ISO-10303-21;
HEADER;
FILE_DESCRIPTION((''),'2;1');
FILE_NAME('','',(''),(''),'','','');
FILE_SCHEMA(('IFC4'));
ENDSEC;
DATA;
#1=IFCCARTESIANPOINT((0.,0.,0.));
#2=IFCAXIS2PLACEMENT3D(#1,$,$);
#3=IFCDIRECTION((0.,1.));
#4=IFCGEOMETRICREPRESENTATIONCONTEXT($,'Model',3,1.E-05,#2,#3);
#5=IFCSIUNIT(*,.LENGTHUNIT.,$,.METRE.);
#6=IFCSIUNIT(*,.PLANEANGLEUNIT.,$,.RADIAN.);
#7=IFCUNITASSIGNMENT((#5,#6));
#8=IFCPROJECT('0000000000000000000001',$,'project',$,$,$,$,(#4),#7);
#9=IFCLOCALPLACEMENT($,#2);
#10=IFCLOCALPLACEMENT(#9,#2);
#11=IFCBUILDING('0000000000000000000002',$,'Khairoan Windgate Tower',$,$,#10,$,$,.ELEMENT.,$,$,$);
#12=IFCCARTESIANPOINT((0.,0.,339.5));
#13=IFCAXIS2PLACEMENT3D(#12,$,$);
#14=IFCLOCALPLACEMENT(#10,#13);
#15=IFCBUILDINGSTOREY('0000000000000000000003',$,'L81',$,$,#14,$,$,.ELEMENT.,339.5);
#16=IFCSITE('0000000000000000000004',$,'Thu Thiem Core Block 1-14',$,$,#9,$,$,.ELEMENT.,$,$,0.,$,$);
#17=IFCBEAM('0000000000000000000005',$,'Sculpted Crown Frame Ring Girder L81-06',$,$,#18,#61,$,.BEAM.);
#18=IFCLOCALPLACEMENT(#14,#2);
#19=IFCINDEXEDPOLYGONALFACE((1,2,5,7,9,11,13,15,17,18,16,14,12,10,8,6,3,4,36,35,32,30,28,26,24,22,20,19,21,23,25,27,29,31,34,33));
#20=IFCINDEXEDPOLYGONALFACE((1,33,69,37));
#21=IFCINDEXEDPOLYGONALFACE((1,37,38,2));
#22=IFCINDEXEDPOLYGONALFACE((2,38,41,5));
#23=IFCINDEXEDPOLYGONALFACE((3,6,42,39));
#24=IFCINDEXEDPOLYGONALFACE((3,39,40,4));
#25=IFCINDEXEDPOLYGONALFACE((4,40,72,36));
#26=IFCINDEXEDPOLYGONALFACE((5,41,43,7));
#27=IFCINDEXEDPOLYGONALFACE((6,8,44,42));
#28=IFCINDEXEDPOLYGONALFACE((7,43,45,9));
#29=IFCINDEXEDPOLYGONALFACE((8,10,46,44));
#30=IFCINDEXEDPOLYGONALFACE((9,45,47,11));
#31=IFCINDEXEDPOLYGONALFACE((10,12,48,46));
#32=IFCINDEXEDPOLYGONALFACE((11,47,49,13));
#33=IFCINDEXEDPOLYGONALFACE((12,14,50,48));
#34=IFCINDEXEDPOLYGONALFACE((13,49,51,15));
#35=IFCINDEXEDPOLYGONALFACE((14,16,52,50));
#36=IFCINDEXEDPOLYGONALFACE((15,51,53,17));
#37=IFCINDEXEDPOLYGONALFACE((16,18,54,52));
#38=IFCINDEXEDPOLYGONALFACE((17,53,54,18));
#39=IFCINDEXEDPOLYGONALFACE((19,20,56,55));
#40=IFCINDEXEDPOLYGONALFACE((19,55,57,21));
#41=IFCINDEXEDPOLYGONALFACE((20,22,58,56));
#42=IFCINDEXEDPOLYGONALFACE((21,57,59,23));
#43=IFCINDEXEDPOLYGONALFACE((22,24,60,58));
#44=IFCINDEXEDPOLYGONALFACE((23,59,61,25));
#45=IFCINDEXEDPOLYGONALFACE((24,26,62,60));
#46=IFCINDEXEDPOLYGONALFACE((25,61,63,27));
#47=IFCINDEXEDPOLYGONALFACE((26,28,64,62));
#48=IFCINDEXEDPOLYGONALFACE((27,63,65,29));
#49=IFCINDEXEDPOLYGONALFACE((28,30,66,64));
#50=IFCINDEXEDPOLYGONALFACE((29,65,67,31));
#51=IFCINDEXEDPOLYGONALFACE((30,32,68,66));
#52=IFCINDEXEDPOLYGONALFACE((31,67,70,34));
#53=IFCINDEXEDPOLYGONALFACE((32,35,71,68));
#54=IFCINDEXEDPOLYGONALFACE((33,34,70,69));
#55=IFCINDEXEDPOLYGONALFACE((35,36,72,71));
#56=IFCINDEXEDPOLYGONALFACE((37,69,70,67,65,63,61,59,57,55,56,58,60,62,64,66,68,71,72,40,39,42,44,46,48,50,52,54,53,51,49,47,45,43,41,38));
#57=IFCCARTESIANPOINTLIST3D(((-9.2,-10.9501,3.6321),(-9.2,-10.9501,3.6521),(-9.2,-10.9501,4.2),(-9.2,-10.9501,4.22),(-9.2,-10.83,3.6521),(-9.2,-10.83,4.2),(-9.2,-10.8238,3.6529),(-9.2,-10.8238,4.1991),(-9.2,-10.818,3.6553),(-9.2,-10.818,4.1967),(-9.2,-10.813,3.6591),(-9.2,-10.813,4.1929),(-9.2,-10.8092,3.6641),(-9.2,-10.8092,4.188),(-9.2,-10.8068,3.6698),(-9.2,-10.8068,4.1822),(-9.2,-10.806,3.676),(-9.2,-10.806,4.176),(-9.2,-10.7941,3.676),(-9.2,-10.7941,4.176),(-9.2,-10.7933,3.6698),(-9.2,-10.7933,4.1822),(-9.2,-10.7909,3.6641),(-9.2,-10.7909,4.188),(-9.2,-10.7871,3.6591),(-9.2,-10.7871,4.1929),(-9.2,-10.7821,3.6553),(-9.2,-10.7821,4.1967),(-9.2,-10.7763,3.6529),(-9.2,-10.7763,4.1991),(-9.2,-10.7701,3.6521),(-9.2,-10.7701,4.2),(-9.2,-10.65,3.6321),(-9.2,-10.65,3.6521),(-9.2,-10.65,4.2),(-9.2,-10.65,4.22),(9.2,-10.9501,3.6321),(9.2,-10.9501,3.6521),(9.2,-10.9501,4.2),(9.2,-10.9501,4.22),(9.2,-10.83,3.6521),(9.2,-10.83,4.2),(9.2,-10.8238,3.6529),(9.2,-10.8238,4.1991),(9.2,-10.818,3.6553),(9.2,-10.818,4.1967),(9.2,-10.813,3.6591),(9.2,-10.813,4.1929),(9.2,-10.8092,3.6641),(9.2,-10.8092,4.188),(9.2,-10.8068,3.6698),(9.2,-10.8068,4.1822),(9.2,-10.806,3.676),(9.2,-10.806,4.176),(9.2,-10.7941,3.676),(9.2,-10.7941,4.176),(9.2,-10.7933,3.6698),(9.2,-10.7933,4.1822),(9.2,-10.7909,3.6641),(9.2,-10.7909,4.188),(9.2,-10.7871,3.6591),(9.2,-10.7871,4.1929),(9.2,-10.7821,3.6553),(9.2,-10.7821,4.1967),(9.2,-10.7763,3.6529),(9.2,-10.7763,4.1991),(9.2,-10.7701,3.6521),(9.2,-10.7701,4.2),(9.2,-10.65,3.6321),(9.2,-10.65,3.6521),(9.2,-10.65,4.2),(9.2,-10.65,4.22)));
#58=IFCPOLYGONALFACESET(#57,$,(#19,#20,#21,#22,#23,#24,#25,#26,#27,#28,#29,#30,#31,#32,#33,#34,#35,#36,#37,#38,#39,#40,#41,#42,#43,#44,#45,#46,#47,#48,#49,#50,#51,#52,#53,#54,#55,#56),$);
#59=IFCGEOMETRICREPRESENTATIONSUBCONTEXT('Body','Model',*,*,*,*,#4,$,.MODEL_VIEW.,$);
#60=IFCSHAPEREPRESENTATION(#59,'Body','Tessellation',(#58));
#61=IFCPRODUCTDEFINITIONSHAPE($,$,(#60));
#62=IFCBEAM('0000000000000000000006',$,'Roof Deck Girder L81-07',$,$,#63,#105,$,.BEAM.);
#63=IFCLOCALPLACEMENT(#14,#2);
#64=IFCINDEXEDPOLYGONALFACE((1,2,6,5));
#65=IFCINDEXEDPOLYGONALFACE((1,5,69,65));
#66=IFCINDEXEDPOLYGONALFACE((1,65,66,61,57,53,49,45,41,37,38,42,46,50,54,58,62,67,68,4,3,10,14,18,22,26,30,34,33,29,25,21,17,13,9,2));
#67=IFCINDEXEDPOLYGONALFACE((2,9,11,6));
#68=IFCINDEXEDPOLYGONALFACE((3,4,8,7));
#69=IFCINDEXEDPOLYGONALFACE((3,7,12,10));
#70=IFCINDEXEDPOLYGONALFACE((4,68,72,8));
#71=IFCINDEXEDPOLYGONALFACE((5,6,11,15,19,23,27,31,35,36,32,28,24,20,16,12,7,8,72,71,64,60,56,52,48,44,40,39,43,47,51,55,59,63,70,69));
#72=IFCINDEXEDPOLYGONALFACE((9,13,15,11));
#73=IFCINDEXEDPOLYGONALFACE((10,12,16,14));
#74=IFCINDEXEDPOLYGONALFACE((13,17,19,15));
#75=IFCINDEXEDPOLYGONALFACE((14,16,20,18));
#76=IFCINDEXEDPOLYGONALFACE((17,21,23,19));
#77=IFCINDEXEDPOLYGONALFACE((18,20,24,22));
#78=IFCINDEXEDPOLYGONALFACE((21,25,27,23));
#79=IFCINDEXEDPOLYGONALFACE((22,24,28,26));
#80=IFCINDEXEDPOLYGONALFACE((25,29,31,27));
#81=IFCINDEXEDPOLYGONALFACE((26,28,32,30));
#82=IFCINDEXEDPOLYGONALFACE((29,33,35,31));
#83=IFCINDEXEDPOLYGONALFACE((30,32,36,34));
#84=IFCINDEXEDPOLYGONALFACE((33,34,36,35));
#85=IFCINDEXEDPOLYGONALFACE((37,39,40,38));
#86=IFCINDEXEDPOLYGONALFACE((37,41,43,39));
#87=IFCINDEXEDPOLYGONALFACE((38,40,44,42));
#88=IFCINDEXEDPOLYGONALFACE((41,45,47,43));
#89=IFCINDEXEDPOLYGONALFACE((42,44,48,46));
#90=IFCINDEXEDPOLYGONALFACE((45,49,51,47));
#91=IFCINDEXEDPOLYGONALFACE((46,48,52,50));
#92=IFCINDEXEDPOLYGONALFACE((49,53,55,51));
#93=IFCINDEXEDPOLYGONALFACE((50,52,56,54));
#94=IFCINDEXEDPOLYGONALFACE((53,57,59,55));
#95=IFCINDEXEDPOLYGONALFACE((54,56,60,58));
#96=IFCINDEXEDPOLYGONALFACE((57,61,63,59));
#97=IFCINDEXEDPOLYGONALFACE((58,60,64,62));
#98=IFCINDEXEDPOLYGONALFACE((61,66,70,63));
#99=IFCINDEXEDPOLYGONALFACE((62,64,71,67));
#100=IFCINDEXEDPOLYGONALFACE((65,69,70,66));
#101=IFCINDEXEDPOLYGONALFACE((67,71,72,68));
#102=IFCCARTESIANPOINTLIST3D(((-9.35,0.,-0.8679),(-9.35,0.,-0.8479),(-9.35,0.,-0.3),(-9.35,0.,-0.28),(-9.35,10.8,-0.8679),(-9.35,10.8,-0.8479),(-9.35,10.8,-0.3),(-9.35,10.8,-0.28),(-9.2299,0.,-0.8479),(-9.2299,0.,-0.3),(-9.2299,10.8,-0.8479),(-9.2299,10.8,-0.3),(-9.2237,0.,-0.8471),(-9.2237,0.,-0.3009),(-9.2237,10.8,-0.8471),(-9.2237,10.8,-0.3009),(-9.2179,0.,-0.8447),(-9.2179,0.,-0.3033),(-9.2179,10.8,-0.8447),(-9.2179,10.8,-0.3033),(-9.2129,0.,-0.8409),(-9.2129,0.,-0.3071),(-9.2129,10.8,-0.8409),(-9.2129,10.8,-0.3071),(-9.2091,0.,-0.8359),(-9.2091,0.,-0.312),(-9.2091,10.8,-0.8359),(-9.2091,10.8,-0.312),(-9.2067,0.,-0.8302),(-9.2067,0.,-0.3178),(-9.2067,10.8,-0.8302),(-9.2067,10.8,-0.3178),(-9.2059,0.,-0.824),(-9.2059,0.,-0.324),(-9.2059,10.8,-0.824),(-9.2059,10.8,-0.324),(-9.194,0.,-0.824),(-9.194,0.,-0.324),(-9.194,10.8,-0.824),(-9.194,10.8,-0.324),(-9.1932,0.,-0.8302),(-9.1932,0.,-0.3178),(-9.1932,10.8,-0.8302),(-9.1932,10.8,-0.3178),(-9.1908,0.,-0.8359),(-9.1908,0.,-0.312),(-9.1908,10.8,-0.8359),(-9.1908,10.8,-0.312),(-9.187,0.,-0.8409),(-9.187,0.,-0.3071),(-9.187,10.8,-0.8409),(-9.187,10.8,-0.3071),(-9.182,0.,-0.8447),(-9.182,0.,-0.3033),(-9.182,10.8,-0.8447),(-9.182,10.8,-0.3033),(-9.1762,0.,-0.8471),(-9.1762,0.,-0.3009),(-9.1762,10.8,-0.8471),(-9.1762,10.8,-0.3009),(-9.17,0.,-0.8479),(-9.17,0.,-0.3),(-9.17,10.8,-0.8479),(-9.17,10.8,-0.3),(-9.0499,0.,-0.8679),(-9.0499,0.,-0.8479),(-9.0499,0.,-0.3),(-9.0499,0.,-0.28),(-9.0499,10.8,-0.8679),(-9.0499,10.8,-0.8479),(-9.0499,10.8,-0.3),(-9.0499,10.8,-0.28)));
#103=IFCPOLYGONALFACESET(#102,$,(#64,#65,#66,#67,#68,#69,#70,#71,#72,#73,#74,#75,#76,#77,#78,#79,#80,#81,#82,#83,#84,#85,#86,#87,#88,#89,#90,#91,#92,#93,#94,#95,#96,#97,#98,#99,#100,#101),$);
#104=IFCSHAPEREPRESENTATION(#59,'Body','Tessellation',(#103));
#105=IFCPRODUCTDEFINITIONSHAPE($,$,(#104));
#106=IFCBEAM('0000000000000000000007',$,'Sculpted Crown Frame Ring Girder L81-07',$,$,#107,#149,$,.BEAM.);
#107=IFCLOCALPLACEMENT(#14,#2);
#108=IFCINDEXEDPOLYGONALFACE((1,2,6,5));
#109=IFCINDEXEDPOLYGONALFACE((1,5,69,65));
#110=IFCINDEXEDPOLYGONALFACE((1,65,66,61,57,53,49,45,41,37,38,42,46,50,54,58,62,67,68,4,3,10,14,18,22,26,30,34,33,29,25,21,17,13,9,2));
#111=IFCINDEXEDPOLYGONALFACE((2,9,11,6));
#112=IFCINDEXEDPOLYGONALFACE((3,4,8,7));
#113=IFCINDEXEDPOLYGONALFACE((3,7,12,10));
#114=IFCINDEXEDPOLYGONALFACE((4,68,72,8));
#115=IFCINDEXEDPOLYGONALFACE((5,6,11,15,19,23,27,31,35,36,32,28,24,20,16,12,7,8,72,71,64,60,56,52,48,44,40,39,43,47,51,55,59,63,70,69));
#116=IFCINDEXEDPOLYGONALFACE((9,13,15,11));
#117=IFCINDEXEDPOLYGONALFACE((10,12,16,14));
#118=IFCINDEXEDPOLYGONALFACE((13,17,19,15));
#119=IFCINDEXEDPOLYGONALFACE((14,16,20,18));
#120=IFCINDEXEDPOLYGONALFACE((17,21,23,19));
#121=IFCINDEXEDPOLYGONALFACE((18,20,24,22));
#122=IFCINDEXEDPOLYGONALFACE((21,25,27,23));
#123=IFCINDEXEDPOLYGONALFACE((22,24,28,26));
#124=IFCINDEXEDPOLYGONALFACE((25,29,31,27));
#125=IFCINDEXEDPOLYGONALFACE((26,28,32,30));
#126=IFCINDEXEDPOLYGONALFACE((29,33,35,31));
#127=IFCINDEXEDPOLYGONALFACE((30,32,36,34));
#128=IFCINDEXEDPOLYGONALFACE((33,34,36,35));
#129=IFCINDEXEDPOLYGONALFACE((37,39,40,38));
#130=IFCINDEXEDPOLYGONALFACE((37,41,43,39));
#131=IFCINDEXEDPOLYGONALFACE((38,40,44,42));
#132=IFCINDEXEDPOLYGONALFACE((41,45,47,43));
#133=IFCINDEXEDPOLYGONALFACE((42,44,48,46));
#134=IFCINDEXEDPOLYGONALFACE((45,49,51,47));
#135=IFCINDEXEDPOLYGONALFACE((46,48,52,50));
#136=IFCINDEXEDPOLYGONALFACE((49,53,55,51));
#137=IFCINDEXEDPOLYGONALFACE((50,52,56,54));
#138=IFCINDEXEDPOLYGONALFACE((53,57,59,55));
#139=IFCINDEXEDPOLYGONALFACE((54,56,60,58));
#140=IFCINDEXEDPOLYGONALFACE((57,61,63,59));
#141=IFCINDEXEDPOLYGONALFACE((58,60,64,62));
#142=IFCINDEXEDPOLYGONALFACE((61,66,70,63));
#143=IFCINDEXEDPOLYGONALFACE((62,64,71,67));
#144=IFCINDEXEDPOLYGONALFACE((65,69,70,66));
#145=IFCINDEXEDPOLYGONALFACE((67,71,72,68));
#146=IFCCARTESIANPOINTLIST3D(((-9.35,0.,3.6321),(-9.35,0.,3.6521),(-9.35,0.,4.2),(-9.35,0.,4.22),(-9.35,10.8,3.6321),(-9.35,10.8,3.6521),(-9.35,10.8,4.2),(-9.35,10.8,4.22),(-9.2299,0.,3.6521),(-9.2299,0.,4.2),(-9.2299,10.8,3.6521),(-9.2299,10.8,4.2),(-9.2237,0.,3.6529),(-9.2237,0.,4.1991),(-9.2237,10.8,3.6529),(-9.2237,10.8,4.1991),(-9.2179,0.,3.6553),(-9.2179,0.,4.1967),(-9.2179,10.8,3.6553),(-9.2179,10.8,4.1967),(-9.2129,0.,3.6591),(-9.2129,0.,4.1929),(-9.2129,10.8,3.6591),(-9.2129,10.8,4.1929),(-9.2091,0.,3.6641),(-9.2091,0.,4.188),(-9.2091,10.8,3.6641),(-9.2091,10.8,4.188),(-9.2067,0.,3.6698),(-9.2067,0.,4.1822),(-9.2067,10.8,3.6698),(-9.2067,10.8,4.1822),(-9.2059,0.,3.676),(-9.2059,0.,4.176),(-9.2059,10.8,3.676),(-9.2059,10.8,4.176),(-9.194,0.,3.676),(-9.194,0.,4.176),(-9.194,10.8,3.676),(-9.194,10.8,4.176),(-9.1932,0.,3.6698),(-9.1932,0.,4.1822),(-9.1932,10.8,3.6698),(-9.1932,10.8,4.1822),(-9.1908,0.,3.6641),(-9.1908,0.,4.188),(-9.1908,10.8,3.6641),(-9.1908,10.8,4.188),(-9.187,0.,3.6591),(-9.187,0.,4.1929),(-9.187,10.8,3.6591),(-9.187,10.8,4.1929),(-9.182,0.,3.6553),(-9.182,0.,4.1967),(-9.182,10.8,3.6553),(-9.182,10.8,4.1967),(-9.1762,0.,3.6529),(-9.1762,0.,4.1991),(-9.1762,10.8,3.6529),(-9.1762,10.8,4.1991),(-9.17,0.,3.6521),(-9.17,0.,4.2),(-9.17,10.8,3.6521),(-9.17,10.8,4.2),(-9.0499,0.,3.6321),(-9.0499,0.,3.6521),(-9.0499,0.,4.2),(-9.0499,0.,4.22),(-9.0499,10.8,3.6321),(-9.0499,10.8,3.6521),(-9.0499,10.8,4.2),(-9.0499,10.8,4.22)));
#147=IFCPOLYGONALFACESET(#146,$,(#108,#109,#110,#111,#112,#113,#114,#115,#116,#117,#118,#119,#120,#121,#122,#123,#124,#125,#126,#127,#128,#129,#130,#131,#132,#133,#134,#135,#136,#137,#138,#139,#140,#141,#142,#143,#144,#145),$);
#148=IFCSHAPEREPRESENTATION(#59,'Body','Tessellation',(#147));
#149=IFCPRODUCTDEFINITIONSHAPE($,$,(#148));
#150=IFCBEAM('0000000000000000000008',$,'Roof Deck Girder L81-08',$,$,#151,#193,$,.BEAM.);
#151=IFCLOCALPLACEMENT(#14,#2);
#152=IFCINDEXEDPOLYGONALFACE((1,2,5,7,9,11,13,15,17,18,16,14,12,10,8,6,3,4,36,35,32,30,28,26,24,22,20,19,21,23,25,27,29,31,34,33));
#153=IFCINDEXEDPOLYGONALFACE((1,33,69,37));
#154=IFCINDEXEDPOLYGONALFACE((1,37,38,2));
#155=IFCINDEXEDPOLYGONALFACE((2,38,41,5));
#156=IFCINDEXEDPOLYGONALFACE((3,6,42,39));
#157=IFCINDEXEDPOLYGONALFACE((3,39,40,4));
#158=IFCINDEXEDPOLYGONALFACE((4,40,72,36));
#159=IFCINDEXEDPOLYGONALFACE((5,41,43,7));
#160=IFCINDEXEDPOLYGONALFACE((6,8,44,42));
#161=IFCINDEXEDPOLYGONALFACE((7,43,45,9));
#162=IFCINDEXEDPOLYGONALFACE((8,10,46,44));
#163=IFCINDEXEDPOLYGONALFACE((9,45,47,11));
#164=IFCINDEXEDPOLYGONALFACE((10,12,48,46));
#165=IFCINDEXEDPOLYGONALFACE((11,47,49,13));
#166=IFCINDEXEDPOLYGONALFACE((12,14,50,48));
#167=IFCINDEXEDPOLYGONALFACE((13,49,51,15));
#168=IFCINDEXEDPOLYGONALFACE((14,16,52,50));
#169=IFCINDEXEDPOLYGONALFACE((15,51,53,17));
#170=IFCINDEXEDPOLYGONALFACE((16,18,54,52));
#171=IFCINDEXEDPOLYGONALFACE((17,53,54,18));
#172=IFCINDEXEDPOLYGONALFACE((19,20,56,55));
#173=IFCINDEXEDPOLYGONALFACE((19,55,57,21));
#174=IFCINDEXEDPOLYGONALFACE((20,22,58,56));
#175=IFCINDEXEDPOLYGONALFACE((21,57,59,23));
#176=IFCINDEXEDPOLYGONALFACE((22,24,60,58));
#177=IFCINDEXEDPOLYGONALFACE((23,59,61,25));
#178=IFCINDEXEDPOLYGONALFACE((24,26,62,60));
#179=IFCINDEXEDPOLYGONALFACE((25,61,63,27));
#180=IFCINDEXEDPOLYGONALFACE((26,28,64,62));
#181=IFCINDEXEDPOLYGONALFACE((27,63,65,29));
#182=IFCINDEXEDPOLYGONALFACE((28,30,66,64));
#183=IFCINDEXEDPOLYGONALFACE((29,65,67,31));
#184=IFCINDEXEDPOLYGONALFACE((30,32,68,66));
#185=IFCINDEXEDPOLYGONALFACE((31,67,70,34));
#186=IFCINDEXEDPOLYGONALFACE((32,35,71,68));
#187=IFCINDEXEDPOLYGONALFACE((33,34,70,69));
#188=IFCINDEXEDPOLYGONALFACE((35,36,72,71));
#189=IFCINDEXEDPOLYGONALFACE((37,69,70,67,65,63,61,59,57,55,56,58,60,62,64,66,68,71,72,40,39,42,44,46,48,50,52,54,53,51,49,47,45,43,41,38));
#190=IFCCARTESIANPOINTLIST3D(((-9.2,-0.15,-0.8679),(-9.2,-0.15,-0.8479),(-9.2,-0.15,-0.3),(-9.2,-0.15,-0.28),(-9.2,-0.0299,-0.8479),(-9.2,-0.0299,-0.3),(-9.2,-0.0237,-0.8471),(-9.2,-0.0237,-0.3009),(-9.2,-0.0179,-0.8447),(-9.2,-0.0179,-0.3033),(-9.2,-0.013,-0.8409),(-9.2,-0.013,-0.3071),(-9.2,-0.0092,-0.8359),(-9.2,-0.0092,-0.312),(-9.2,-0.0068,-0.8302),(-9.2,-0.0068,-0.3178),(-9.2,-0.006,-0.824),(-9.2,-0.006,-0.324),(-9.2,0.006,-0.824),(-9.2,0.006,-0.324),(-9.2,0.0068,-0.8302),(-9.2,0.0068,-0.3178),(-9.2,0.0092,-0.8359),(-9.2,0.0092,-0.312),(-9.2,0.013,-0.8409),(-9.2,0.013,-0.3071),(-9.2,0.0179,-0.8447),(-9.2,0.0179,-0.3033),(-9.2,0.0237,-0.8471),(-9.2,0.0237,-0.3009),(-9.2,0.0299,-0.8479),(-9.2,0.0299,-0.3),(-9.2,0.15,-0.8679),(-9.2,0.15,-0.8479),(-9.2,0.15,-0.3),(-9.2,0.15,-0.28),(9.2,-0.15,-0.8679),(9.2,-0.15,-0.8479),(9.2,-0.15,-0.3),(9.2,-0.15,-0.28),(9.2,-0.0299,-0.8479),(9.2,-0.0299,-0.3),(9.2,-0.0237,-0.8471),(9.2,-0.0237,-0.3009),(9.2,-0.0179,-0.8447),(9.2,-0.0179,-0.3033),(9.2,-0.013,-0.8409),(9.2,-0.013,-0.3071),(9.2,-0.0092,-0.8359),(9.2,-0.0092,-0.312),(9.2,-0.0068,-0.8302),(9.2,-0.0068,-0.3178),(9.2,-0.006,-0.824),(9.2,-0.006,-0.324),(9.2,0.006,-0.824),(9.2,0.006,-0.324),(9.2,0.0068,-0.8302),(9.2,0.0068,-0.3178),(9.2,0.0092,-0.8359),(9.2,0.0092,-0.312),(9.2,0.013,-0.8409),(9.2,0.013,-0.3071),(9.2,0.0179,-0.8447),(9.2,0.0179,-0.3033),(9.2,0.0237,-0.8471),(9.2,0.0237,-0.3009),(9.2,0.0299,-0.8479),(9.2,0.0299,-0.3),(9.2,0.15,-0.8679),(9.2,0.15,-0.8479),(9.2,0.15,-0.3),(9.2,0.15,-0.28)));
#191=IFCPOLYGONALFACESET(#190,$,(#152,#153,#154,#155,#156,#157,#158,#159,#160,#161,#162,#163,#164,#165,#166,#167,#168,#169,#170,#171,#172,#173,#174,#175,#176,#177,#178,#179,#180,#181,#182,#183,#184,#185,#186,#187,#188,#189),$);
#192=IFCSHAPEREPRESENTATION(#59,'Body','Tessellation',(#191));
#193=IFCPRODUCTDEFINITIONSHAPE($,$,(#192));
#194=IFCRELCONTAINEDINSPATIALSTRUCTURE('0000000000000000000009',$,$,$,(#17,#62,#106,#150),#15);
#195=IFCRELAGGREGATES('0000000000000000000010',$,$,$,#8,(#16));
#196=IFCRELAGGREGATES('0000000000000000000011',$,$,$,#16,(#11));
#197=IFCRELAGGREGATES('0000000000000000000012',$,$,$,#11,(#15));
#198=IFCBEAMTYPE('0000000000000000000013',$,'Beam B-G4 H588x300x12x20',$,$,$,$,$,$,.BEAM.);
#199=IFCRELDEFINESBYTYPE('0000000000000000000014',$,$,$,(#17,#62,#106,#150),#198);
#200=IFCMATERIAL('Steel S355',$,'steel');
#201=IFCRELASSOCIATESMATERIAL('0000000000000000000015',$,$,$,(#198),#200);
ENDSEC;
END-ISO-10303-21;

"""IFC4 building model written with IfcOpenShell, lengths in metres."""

from ifc_helpers import new_model, si_unit, direction, frame, origin, origin_2d, place, context, subcontext, project, spatial, i_section, extrude, material, material_profile, profile_set, type_object, element, save


model = new_model("IFC4")

# Units and contexts
model_context = context("Model", 3, precision=1e-05, world=origin(), true_north=direction((0.0, 1.0)))
body_context = subcontext(model_context, "Body", "Model", "MODEL_VIEW")
ifc_project = project(units=[si_unit("LENGTHUNIT", "METRE"), si_unit("PLANEANGLEUNIT", "RADIAN")], contexts=[model_context])

# Site, building, storey
site_placement = place(None, origin())
site = spatial("IfcSite", under=ifc_project, at=site_placement, Name="Thu Thiem Core Block 1-14", CompositionType="ELEMENT", RefElevation=0.0)
building_placement = place(site_placement, origin())
building = spatial("IfcBuilding", under=site, at=building_placement, Name="Khairoan Windgate Tower", CompositionType="ELEMENT")
storey_placement = place(building_placement, frame((0.0, 0.0, 339.5)))
storey = spatial("IfcBuildingStorey", under=building, at=storey_placement, Name="L81", CompositionType="ELEMENT", Elevation=339.5)

# Beams
ifc_material_1 = material(Name="Steel S355", Category="steel")
ifc_material_profile_1 = material_profile(ifc_material_1, i_section(OverallWidth=0.3, OverallDepth=0.5879, WebThickness=0.012, FlangeThickness=0.02, FilletRadius=0.0239, at=origin_2d()))
ifc_profile_set_1 = profile_set([ifc_material_profile_1], Name="Steel S355")
beam_type_1 = type_object("IfcBeamType", Name="Beam B-G4 H588x300x12x20", PredefinedType="BEAM", material=ifc_profile_set_1)
for number, where, z_axis, x_axis, name in (
    (1, (-9.2, -10.8, 3.926), (1.0, 0.0, 0.0), (0.0, 1.0, 0.0), "Sculpted Crown Frame Ring Girder L81-06"),
):
    element("IfcBeam", number, at=place(storey_placement, frame(where, z_axis=z_axis, x_axis=x_axis)), inside=storey, type_object=beam_type_1, Name=name, PredefinedType="BEAM", context=body_context, shape_type="SweptSolid", body=[
        extrude(i_section(OverallWidth=0.3, OverallDepth=0.5879, WebThickness=0.012, FlangeThickness=0.02, FilletRadius=0.0239, at=origin_2d()), origin(), (0.0, 0.0, 1.0), 18.3999),
    ])
for number, where, z_axis, x_axis, name in (
    (2, (-9.2, 0.0, -0.574), (0.0, 1.0, 0.0), (-1.0, 0.0, 0.0), "Roof Deck Girder L81-07"),
    (3, (-9.2, 0.0, 3.926), (0.0, 1.0, 0.0), (-1.0, 0.0, 0.0), "Sculpted Crown Frame Ring Girder L81-07"),
):
    element("IfcBeam", number, at=place(storey_placement, frame(where, z_axis=z_axis, x_axis=x_axis)), inside=storey, type_object=beam_type_1, Name=name, PredefinedType="BEAM", context=body_context, shape_type="SweptSolid", body=[
        extrude(i_section(OverallWidth=0.3, OverallDepth=0.5879, WebThickness=0.012, FlangeThickness=0.02, FilletRadius=0.0239, at=origin_2d()), origin(), (0.0, 0.0, 1.0), 10.8),
    ])
for number, where, z_axis, x_axis, name in (
    (4, (-9.2, 0.0, -0.574), (1.0, 0.0, 0.0), (0.0, 1.0, 0.0), "Roof Deck Girder L81-08"),
):
    element("IfcBeam", number, at=place(storey_placement, frame(where, z_axis=z_axis, x_axis=x_axis)), inside=storey, type_object=beam_type_1, Name=name, PredefinedType="BEAM", context=body_context, shape_type="SweptSolid", body=[
        extrude(i_section(OverallWidth=0.3, OverallDepth=0.5879, WebThickness=0.012, FlangeThickness=0.02, FilletRadius=0.0239, at=origin_2d()), origin(), (0.0, 0.0, 1.0), 18.3999),
    ])

save(model, "model.ifc")
